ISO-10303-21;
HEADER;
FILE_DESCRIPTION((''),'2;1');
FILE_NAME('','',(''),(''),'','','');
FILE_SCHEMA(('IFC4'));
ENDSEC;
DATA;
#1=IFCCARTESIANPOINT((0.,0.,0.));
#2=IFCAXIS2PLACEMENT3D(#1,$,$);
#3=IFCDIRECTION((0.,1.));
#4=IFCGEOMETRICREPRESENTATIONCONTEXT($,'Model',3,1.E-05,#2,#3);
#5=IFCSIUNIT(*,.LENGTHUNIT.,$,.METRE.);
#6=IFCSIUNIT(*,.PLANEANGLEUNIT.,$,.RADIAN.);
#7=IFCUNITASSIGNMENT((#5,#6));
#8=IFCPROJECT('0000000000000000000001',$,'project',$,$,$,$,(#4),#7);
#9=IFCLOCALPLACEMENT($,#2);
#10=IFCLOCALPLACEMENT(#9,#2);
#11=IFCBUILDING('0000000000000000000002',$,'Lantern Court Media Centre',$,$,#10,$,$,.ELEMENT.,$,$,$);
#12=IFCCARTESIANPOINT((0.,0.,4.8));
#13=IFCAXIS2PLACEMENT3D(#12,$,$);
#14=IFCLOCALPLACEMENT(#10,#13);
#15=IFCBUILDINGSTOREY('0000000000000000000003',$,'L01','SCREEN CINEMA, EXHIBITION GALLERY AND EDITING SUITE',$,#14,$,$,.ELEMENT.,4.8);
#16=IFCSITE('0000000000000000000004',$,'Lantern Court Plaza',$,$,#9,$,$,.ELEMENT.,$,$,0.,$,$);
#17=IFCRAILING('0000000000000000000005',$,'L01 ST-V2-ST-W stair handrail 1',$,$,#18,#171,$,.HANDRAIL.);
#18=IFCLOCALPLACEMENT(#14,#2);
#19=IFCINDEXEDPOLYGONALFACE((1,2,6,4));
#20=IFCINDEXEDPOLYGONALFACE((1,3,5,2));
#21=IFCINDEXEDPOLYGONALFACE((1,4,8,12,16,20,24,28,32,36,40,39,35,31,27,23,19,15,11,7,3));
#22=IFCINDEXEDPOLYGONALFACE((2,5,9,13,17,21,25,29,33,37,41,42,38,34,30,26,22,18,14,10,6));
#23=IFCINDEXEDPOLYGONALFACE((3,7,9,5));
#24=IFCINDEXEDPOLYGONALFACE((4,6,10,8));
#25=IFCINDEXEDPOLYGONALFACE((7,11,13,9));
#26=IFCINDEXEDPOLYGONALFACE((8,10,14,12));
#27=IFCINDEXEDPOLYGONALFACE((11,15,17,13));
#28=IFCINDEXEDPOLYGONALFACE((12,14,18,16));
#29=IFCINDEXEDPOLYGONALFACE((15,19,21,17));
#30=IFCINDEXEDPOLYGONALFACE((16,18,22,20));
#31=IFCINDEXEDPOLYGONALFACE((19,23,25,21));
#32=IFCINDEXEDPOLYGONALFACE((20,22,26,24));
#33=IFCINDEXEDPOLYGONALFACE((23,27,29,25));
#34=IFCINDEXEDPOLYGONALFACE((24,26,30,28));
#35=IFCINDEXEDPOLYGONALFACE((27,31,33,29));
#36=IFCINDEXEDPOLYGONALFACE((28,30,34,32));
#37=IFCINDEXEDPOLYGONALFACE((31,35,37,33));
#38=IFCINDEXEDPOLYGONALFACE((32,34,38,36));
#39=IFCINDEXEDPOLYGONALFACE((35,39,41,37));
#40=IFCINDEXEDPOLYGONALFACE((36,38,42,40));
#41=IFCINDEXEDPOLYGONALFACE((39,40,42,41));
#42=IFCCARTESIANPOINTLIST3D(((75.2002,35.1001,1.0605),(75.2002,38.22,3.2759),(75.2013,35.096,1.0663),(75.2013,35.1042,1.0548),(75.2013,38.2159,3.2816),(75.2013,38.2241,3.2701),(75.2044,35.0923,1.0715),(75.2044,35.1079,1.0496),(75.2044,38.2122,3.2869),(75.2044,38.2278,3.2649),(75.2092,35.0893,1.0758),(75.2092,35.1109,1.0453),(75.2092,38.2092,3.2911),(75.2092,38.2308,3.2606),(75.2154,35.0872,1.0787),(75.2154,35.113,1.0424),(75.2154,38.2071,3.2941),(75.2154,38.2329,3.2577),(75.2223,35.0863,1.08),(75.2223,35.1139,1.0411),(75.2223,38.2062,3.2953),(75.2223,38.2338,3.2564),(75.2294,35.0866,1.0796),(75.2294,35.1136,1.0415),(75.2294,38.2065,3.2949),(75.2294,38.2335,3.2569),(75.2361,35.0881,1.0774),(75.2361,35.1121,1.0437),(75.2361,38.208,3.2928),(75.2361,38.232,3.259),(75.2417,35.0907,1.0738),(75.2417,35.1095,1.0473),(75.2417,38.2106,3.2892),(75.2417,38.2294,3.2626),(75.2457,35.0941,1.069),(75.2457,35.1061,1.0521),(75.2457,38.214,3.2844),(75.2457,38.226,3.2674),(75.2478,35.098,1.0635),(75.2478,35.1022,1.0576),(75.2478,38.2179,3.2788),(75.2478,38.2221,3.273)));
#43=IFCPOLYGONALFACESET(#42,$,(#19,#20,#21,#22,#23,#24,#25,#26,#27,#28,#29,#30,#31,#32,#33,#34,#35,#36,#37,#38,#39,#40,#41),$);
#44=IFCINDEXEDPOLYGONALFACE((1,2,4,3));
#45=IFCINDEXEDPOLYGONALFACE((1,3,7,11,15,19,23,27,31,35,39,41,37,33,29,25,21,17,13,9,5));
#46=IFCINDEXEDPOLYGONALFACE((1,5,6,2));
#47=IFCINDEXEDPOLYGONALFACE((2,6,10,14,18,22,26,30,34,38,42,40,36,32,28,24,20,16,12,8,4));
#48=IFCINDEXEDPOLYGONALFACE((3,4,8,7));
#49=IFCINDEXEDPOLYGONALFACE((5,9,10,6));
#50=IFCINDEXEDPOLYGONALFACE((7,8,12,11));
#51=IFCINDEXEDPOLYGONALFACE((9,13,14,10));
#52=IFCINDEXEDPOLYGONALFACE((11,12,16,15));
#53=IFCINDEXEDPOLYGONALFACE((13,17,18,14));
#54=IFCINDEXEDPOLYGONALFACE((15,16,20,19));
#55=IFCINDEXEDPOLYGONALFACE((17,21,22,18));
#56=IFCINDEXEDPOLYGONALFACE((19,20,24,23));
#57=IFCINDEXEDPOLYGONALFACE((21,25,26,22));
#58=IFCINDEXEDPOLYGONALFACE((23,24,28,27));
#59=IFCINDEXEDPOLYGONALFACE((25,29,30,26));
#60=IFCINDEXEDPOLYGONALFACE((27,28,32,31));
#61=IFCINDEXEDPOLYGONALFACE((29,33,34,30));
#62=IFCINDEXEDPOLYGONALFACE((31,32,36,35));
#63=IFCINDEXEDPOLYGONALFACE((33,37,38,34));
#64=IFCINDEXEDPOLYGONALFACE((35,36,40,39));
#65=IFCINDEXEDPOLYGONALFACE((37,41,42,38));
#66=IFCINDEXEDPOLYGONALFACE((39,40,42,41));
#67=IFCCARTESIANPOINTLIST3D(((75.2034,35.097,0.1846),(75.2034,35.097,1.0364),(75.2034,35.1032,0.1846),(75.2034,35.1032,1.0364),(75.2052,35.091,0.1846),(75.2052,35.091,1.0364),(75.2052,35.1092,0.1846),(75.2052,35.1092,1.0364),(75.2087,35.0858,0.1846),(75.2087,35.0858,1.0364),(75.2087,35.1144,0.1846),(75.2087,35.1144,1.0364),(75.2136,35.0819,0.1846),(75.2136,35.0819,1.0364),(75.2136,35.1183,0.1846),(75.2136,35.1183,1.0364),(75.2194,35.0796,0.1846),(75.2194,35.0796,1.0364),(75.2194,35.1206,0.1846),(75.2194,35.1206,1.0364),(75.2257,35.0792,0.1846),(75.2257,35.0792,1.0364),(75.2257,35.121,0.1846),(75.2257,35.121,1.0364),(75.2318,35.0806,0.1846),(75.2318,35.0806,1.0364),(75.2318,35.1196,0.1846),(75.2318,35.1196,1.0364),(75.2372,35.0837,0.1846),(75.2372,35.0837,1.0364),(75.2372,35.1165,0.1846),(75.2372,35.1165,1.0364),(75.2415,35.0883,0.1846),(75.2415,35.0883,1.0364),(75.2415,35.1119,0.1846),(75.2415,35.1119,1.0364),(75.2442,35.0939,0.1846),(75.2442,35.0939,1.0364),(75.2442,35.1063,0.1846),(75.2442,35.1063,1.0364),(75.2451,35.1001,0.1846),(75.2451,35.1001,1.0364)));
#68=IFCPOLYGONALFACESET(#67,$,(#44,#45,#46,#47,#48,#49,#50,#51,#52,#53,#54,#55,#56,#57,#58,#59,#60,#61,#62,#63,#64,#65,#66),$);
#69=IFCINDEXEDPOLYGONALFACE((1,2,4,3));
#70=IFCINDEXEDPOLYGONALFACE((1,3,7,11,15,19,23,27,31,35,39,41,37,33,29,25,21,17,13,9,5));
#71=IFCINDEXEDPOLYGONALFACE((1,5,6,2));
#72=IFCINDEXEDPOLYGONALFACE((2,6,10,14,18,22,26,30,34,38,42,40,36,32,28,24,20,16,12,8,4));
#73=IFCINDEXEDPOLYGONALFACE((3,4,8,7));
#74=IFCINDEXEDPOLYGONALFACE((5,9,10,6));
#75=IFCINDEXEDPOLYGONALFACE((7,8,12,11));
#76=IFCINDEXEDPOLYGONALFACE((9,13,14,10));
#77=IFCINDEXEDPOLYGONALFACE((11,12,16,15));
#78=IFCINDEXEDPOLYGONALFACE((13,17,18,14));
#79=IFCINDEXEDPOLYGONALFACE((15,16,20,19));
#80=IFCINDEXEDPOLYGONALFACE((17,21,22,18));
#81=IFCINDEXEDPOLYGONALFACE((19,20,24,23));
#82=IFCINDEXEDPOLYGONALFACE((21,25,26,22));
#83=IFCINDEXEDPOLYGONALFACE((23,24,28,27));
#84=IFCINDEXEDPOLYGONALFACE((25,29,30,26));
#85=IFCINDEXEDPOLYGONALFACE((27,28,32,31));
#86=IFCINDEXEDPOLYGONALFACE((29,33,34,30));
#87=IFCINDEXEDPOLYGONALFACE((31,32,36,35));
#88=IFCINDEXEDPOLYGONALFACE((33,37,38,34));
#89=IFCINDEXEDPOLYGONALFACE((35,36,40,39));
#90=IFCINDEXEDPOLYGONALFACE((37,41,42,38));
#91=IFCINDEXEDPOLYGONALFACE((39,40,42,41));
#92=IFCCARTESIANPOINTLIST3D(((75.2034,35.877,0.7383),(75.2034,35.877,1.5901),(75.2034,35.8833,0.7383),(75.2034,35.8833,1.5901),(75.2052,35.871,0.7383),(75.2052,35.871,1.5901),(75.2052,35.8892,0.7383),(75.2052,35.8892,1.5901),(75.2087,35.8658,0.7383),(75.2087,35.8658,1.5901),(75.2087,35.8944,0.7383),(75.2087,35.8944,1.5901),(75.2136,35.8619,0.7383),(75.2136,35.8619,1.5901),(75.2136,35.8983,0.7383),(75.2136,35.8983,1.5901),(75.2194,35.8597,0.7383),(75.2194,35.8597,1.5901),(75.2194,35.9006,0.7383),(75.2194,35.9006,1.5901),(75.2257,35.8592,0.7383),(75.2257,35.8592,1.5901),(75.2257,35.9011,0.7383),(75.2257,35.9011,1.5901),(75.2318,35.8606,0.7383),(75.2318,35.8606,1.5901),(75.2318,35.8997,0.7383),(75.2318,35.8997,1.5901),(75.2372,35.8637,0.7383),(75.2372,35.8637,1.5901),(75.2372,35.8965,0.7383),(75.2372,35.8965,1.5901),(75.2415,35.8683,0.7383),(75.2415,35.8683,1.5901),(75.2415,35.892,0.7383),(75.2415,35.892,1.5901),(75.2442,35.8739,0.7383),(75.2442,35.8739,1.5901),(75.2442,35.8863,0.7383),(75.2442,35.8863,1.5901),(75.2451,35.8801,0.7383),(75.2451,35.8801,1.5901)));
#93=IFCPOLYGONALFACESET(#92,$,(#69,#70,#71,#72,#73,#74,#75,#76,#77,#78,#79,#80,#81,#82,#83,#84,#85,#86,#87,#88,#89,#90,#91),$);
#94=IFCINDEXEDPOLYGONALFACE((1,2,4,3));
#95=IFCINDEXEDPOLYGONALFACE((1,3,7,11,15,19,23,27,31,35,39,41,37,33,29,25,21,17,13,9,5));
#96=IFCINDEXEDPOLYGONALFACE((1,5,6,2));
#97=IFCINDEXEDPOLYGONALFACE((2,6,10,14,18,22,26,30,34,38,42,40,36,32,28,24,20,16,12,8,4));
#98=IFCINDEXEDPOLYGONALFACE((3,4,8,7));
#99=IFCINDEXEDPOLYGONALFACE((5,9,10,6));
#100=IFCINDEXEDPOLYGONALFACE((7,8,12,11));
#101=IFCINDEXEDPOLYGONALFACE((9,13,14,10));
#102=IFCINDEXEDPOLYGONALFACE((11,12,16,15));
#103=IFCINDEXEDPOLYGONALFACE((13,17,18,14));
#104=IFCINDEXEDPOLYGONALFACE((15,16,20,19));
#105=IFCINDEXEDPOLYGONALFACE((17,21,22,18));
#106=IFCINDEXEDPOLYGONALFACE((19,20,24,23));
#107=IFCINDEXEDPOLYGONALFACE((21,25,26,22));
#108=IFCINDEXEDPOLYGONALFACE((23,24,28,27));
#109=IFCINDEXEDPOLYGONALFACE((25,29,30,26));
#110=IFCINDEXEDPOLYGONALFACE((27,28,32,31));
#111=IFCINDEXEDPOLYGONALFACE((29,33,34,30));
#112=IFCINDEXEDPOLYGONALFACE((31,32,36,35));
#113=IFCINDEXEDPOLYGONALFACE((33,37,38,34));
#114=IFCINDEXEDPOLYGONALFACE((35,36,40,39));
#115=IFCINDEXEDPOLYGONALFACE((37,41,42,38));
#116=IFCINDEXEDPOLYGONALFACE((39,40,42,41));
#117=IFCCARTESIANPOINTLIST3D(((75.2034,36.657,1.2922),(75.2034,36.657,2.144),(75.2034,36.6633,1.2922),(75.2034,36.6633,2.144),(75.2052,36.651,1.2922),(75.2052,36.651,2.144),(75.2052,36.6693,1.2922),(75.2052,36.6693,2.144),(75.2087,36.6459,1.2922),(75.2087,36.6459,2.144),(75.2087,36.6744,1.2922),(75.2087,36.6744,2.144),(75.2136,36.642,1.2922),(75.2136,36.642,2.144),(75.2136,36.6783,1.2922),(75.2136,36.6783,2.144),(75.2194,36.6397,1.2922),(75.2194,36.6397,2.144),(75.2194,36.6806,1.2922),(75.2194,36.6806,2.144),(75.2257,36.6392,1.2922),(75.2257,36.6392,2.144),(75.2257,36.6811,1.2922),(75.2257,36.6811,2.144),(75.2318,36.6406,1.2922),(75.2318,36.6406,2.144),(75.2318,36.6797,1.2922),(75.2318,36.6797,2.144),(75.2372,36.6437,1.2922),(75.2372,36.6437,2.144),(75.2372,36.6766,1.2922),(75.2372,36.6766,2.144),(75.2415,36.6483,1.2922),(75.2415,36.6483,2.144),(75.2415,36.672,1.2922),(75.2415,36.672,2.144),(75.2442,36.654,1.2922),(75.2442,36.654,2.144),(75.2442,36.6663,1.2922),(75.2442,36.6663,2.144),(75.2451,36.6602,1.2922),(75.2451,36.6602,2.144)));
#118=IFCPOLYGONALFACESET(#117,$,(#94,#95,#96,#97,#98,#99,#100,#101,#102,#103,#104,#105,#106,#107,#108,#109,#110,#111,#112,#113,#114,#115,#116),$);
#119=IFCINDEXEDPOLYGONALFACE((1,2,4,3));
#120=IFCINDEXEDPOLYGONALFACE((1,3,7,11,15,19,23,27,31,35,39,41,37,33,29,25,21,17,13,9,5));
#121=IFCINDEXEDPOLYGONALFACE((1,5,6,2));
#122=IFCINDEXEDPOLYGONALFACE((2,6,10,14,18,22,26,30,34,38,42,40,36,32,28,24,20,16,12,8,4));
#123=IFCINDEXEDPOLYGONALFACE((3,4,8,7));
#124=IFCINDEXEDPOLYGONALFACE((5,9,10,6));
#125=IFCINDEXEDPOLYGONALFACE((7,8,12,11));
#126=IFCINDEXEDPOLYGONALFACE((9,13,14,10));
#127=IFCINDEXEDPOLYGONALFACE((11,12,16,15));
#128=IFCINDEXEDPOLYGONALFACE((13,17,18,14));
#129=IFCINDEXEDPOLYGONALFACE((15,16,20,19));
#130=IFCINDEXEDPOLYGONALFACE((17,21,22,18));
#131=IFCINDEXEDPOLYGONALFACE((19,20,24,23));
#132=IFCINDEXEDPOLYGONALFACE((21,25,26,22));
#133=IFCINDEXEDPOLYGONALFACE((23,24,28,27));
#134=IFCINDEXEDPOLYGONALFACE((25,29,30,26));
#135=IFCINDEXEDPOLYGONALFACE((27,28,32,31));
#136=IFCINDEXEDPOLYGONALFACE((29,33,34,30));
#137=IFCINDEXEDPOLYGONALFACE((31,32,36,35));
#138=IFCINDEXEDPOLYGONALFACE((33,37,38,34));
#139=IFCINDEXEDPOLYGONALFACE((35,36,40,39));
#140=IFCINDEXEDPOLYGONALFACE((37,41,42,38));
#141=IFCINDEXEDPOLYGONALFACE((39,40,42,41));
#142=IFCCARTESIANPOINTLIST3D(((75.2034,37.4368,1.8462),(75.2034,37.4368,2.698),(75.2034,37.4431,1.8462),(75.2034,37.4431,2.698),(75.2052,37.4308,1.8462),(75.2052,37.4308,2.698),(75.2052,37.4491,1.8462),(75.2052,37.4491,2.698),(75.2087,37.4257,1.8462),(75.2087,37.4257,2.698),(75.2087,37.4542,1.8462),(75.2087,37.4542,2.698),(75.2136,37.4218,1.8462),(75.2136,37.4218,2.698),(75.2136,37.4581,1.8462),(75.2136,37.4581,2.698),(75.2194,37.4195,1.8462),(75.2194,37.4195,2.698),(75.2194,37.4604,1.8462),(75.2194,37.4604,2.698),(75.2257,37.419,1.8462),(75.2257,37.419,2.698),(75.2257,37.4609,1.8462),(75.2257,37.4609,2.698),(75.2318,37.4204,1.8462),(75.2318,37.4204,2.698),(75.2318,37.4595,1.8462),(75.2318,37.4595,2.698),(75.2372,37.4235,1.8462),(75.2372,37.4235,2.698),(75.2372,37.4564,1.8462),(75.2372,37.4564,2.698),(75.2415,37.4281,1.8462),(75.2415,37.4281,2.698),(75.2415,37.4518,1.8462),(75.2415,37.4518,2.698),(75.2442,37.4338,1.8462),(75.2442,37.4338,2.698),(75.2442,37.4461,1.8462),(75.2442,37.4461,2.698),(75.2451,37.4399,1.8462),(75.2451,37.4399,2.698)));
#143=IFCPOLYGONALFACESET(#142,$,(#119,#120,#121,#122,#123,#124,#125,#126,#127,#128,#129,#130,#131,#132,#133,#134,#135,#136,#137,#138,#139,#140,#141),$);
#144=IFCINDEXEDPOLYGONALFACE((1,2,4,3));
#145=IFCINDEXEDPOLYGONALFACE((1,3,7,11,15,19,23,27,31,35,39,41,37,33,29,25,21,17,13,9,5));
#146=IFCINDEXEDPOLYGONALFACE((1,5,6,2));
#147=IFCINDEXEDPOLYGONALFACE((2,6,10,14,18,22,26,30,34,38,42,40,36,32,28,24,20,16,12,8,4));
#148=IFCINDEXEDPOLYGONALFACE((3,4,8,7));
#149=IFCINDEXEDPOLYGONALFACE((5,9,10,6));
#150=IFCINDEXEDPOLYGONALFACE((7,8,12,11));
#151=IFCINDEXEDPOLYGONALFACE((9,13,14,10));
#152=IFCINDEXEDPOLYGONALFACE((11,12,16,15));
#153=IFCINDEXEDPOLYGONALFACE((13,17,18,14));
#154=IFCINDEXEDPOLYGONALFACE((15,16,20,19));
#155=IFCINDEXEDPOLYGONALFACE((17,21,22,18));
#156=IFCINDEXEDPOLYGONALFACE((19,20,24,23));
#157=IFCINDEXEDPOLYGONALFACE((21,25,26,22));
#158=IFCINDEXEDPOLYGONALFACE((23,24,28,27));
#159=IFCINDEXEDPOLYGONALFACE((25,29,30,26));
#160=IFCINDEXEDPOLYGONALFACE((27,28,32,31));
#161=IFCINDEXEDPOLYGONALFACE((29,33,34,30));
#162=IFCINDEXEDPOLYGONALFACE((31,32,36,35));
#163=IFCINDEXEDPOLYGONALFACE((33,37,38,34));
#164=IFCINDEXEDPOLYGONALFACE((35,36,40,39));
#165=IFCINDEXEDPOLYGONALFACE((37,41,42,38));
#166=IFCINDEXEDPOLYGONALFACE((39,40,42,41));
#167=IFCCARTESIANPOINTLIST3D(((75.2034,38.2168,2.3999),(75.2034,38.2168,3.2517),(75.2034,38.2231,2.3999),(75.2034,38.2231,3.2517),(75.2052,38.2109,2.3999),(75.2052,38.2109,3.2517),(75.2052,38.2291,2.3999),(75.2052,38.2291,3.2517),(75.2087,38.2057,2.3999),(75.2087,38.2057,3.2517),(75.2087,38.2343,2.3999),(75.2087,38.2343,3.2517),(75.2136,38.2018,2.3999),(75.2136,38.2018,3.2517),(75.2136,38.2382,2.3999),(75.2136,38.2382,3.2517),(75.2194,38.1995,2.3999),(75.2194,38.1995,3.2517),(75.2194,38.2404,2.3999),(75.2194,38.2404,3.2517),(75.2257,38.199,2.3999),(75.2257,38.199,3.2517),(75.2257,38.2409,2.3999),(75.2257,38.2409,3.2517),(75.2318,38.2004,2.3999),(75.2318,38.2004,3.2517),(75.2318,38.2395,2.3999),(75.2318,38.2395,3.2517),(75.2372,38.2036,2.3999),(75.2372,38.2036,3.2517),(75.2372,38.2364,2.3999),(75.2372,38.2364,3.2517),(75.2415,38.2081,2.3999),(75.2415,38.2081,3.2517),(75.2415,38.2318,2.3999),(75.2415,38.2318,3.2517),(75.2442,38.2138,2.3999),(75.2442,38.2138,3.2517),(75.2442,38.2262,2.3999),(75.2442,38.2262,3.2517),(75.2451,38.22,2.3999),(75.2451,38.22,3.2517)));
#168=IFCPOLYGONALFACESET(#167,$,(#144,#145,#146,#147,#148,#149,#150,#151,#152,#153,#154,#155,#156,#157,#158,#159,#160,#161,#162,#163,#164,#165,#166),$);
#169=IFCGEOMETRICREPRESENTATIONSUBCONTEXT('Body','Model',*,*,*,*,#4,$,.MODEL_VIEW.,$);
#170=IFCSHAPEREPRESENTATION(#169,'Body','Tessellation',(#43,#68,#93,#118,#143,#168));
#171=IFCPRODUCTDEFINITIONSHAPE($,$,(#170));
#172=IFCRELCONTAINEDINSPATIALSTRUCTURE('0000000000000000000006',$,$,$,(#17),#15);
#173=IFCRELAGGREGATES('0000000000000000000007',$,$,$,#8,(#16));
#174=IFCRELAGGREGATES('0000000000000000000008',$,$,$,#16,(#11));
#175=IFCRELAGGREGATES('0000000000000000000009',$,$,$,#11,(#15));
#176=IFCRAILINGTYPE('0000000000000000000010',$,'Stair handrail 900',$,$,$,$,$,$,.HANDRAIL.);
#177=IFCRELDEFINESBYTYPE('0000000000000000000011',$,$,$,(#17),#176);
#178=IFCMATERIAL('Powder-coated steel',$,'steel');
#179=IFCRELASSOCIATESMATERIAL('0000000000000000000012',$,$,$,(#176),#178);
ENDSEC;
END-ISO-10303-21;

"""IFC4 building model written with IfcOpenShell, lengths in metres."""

from ifc_helpers import new_model, si_unit, direction, frame, origin, origin_2d, place, context, subcontext, project, spatial, circle, extrude, material, type_object, element, save


model = new_model("IFC4")

# Units and contexts
model_context = context("Model", 3, precision=1e-05, world=origin(), true_north=direction((0.0, 1.0)))
body_context = subcontext(model_context, "Body", "Model", "MODEL_VIEW")
ifc_project = project(units=[si_unit("LENGTHUNIT", "METRE"), si_unit("PLANEANGLEUNIT", "RADIAN")], contexts=[model_context])

# Site, building, storey
site_placement = place(None, origin())
site = spatial("IfcSite", under=ifc_project, at=site_placement, Name="Lantern Court Plaza", CompositionType="ELEMENT", RefElevation=0.0)
building_placement = place(site_placement, origin())
building = spatial("IfcBuilding", under=site, at=building_placement, Name="Lantern Court Media Centre", CompositionType="ELEMENT")
storey_placement = place(building_placement, frame((0.0, 0.0, 4.8)))
storey = spatial("IfcBuildingStorey", under=building, at=storey_placement, Name="L01", Description="SCREEN CINEMA, EXHIBITION GALLERY AND EDITING SUITE", CompositionType="ELEMENT", Elevation=4.8)

# Railing
ifc_material_1 = material(Name="Powder-coated steel", Category="steel")
railing_type_1 = type_object("IfcRailingType", Name="Stair handrail 900", PredefinedType="HANDRAIL", material=ifc_material_1)
railing_1_placement = place(storey_placement, frame((75.2241, 35.1001, 0.1846)))
element("IfcRailing", 1, at=railing_1_placement, inside=storey, type_object=railing_type_1, Name="L01 ST-V2-ST-W stair handrail 1", PredefinedType="HANDRAIL", context=body_context, shape_type="SweptSolid", body=[
    extrude(circle(Radius=0.0239, at=origin_2d()), frame((0.0, 0.0, 0.876), z_axis=(0.0, 0.815356, 0.578961), x_axis=(-1.0, 0.0, 0.0)), (0.0, 0.0, 1.0), 3.8264),
    extrude(circle(Radius=0.021, at=origin_2d()), origin(), (0.0, 0.0, 1.0), 0.8518),
    extrude(circle(Radius=0.021, at=origin_2d()), frame((0.0, 0.78, 0.5537)), (0.0, 0.0, 1.0), 0.8518),
    extrude(circle(Radius=0.021, at=origin_2d()), frame((0.0, 1.5601, 1.1077)), (0.0, 0.0, 1.0), 0.8518),
    extrude(circle(Radius=0.021, at=origin_2d()), frame((0.0, 2.3398, 1.6616)), (0.0, 0.0, 1.0), 0.8518),
    extrude(circle(Radius=0.021, at=origin_2d()), frame((0.0, 3.1199, 2.2153)), (0.0, 0.0, 1.0), 0.8518),
])

save(model, "model.ifc")
